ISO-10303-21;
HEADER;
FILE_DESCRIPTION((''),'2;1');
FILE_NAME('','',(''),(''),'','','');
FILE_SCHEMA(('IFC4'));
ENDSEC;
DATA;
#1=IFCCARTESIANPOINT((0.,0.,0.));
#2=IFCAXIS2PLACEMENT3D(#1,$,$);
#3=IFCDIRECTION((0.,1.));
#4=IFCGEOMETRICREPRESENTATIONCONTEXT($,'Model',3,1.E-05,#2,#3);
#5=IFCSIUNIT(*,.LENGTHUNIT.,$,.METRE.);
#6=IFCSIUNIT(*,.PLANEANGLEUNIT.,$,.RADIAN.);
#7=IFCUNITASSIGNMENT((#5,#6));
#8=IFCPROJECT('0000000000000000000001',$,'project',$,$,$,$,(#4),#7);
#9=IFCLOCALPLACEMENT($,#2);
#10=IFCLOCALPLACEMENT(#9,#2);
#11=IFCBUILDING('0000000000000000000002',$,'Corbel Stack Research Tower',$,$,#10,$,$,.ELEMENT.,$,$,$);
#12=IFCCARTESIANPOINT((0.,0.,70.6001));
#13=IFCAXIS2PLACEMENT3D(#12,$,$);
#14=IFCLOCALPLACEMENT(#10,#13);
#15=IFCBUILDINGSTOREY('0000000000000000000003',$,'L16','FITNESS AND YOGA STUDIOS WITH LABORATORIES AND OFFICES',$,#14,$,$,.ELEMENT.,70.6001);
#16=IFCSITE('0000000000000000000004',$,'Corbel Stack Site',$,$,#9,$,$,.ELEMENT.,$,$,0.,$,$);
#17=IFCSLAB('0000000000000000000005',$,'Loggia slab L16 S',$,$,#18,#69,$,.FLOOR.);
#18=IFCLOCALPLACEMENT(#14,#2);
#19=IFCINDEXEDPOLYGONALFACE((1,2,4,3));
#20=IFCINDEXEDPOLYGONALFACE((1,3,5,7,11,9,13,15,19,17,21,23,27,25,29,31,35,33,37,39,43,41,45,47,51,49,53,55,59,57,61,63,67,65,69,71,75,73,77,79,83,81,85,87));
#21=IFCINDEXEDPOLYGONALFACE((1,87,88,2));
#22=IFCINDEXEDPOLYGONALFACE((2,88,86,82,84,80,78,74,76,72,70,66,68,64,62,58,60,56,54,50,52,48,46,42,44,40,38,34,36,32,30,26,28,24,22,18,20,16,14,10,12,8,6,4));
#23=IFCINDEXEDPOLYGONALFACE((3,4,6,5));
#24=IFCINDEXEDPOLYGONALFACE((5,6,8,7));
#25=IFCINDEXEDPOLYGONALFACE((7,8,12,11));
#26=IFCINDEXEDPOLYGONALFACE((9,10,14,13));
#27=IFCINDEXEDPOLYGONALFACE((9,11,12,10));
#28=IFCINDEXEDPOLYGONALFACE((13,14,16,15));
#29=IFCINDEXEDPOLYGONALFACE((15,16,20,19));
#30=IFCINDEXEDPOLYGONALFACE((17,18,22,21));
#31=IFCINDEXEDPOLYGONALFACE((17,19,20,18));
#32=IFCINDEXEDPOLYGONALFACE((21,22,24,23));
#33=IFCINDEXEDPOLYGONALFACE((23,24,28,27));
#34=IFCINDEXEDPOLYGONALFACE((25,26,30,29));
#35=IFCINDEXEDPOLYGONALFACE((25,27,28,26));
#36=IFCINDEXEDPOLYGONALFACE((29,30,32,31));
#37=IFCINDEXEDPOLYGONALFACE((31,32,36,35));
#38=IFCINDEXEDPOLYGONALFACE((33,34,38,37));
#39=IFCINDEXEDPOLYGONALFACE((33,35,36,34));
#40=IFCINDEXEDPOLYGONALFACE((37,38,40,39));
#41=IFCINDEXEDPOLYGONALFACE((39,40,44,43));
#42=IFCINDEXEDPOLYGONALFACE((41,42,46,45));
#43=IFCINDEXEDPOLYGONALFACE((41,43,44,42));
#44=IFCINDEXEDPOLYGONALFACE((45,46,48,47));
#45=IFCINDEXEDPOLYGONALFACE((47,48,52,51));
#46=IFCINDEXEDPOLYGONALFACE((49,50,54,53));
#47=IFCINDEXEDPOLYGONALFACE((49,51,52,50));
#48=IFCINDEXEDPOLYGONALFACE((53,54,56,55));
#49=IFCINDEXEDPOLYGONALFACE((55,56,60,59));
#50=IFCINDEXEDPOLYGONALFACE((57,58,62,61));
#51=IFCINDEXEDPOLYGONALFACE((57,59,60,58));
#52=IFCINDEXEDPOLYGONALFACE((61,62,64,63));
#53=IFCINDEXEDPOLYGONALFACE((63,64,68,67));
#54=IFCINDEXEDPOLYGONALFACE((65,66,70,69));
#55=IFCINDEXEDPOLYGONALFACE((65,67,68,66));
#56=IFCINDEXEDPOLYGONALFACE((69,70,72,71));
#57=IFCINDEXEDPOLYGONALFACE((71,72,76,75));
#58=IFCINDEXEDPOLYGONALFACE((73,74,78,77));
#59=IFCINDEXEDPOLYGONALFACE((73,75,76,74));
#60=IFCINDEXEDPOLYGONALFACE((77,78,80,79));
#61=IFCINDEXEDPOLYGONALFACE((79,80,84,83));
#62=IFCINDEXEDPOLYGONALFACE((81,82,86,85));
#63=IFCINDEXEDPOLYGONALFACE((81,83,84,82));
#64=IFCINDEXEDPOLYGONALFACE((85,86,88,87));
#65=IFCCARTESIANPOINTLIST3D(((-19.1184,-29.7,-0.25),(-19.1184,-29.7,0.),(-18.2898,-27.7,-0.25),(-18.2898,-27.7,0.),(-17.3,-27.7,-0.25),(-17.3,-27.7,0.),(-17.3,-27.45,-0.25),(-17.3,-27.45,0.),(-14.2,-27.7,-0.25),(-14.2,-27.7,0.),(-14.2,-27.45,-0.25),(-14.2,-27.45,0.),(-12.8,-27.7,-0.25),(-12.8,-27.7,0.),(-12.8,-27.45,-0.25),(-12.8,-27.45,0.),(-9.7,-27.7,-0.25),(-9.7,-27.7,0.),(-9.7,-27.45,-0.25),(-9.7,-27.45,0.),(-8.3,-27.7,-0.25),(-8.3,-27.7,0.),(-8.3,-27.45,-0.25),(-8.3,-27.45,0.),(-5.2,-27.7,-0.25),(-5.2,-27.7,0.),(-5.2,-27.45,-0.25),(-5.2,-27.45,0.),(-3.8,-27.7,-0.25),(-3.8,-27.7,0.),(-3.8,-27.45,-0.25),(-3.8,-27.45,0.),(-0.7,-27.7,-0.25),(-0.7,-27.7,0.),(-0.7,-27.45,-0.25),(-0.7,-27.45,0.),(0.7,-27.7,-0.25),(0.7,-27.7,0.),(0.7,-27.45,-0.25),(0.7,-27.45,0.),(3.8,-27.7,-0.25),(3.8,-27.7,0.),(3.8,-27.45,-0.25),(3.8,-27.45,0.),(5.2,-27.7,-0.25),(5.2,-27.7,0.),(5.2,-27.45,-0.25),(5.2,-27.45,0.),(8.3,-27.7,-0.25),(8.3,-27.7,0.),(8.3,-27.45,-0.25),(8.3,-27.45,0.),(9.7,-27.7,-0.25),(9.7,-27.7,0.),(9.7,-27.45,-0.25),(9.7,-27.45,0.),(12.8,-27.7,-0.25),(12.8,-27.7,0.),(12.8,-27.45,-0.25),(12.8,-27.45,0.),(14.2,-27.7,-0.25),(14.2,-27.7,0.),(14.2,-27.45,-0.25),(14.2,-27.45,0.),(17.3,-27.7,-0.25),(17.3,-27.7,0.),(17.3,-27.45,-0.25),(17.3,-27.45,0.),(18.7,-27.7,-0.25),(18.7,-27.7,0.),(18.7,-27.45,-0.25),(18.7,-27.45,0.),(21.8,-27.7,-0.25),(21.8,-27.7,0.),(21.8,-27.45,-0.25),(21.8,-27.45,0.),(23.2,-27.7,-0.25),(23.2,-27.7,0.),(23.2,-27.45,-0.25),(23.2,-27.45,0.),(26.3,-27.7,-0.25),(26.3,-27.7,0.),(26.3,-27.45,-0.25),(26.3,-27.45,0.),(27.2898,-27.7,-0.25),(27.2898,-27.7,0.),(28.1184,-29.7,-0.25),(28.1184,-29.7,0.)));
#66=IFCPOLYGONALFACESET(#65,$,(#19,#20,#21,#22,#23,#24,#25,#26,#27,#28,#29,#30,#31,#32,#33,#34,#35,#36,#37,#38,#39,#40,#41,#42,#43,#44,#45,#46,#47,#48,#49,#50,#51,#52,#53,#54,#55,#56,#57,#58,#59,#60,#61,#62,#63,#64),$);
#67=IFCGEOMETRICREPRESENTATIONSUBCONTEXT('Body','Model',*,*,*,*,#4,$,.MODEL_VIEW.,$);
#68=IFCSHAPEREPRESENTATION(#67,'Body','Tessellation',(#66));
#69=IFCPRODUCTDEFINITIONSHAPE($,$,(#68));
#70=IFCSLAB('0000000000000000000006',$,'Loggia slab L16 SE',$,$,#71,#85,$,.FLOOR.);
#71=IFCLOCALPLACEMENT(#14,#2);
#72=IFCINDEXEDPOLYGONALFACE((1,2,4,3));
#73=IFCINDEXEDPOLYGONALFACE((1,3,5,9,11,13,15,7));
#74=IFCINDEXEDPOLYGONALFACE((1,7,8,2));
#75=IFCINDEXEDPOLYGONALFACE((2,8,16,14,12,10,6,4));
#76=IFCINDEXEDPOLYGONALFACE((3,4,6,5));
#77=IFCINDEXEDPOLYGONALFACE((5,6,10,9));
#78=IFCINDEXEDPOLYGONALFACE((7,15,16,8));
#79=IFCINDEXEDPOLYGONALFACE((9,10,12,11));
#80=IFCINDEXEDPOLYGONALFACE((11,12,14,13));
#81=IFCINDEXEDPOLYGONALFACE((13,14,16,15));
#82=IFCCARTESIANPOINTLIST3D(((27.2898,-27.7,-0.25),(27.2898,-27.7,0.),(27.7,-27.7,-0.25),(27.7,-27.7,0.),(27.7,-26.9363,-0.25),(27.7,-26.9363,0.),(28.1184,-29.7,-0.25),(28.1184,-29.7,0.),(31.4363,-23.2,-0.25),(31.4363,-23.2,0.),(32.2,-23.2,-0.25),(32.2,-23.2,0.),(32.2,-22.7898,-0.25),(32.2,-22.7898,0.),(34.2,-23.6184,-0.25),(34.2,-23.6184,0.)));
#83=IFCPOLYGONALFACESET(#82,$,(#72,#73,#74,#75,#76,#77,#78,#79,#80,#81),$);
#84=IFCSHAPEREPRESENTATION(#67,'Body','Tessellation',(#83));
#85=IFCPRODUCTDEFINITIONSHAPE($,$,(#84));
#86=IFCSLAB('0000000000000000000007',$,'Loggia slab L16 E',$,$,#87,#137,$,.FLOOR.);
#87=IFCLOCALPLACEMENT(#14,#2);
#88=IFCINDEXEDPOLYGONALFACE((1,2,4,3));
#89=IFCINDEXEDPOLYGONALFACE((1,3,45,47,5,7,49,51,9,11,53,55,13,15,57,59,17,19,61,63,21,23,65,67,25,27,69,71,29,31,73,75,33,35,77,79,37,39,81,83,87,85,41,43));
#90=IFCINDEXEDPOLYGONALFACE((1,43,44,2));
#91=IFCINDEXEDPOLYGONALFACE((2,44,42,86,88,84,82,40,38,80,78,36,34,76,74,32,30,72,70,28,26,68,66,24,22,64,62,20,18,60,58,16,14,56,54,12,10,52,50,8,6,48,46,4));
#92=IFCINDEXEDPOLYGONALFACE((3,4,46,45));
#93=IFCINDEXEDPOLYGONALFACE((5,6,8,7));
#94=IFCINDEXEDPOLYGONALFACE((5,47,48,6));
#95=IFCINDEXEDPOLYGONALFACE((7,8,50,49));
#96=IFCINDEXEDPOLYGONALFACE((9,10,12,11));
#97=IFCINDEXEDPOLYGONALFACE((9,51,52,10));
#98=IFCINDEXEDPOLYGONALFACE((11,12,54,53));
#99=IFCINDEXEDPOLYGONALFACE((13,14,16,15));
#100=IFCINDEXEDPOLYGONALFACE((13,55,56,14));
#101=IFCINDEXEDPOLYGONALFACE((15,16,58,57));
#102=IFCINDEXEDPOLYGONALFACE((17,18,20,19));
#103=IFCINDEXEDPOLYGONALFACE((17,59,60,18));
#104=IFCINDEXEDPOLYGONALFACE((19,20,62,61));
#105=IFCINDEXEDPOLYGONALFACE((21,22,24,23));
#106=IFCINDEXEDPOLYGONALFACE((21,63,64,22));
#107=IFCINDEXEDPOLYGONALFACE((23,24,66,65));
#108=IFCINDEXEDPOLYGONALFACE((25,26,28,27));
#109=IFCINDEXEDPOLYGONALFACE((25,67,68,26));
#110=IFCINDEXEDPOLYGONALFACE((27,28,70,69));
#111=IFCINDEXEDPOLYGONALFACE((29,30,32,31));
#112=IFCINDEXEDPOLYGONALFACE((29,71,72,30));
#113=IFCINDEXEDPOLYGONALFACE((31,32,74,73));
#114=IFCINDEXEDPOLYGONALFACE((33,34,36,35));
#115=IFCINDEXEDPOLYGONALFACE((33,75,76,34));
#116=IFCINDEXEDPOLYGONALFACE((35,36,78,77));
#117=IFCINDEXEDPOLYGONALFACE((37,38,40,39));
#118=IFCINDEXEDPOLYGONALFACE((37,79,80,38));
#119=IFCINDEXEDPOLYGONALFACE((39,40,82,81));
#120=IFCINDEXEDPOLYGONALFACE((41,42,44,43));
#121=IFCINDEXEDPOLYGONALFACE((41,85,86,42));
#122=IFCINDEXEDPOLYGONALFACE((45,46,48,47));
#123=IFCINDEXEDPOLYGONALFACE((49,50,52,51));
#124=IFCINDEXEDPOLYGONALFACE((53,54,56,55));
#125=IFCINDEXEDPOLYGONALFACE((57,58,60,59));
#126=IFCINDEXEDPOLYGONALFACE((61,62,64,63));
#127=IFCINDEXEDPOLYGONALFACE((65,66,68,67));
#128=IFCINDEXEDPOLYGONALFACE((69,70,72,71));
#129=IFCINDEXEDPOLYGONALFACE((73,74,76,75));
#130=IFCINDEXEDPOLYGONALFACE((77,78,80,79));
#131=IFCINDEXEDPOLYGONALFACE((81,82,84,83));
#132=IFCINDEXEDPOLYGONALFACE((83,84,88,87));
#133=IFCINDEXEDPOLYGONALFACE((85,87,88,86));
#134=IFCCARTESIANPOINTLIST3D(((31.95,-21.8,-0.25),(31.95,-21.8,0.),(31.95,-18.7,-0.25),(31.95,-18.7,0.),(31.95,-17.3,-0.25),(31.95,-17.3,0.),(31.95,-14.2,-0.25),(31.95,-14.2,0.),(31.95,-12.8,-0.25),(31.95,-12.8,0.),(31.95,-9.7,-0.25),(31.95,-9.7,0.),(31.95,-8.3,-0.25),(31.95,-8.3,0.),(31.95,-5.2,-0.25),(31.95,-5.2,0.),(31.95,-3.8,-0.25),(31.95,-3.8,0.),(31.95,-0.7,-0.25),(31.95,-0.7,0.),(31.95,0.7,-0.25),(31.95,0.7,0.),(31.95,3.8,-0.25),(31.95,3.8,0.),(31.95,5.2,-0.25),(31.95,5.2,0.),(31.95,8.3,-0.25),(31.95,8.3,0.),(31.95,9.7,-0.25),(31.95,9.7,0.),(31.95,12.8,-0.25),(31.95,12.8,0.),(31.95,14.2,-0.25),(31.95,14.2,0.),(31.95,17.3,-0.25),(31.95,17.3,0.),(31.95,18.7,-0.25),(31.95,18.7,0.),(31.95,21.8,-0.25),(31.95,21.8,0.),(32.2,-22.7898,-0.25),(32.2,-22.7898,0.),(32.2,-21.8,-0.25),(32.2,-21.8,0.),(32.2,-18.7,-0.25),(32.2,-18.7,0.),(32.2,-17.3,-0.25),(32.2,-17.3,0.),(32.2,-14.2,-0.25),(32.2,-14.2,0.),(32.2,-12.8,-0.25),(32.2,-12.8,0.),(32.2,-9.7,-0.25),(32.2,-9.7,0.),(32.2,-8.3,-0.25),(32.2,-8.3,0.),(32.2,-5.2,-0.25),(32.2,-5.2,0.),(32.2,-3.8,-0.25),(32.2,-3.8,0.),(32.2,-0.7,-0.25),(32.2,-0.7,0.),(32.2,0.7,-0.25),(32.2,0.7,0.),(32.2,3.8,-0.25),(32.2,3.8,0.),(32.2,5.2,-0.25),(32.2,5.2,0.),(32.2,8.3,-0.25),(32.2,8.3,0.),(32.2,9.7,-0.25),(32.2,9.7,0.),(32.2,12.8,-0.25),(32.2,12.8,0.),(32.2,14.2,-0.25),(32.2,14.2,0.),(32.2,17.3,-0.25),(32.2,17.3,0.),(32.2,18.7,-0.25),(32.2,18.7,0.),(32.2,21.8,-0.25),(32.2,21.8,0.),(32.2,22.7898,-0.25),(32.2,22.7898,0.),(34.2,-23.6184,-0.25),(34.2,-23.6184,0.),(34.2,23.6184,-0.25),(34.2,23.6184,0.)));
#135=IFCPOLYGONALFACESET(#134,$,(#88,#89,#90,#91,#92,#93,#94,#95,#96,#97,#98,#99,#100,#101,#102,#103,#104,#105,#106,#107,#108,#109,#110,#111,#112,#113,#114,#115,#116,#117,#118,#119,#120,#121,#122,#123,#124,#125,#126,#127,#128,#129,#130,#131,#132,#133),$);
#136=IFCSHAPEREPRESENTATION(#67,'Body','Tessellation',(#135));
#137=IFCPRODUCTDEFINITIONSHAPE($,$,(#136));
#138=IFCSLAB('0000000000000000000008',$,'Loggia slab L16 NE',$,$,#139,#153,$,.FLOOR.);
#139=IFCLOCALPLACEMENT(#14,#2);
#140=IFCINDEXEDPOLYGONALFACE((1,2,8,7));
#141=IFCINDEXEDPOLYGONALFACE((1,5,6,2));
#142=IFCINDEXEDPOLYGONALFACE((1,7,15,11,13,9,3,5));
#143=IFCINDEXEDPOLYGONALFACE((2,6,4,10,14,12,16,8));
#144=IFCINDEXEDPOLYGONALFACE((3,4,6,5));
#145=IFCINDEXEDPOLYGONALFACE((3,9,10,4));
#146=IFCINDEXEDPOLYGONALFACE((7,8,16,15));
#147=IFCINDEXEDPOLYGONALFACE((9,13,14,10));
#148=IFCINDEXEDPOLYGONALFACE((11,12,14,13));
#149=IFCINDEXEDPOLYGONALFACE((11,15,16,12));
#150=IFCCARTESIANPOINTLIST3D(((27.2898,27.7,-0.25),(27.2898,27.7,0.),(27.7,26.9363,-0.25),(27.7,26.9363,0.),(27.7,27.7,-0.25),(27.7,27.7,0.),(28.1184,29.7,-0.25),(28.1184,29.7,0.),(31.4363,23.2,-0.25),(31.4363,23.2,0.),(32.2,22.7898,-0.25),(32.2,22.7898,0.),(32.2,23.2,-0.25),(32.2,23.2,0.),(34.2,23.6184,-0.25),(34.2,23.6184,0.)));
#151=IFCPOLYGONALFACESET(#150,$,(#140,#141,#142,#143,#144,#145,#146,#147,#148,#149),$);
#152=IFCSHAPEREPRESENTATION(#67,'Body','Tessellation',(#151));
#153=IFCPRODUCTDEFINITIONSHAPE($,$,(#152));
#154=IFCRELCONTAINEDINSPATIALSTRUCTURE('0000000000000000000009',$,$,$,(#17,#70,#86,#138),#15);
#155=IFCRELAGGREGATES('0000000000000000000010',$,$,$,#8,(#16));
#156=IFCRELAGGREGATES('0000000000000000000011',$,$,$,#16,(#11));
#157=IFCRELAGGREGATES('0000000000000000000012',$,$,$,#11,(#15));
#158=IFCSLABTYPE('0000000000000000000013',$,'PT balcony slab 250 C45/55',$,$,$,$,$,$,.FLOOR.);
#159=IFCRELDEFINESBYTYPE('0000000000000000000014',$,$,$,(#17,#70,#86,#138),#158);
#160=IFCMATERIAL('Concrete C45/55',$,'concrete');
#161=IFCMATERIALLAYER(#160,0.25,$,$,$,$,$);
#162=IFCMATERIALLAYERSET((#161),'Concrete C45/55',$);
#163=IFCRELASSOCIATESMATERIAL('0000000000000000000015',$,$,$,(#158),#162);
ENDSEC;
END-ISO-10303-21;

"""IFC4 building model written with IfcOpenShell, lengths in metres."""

from ifc_helpers import new_model, si_unit, direction, frame, origin, place, context, subcontext, project, spatial, polyline, outline, extrude, material, layer, layer_set, type_object, element, save


model = new_model("IFC4")

# Units and contexts
model_context = context("Model", 3, precision=1e-05, world=origin(), true_north=direction((0.0, 1.0)))
body_context = subcontext(model_context, "Body", "Model", "MODEL_VIEW")
ifc_project = project(units=[si_unit("LENGTHUNIT", "METRE"), si_unit("PLANEANGLEUNIT", "RADIAN")], contexts=[model_context])

# Site, building, storey
site_placement = place(None, origin())
site = spatial("IfcSite", under=ifc_project, at=site_placement, Name="Corbel Stack Site", CompositionType="ELEMENT", RefElevation=0.0)
building_placement = place(site_placement, origin())
building = spatial("IfcBuilding", under=site, at=building_placement, Name="Corbel Stack Research Tower", CompositionType="ELEMENT")
storey_placement = place(building_placement, frame((0.0, 0.0, 70.6001)))
storey = spatial("IfcBuildingStorey", under=building, at=storey_placement, Name="L16", Description="FITNESS AND YOGA STUDIOS WITH LABORATORIES AND OFFICES", CompositionType="ELEMENT", Elevation=70.6001)

# Slabs
ifc_material_1 = material(Name="Concrete C45/55", Category="concrete")
ifc_layer_1 = layer(ifc_material_1, 0.25)
ifc_layer_set_1 = layer_set([ifc_layer_1], Name="Concrete C45/55")
slab_type_1 = type_object("IfcSlabType", Name="PT balcony slab 250 C45/55", PredefinedType="FLOOR", material=ifc_layer_set_1)
slab_1_placement = place(storey_placement, frame((0.0, 0.0, -0.25)))
element("IfcSlab", 1, at=slab_1_placement, inside=storey, type_object=slab_type_1, Name="Loggia slab L16 S", PredefinedType="FLOOR", context=body_context, shape_type="SweptSolid", body=[
    extrude(outline(polyline([(27.2898, -27.7), (26.3, -27.7), (26.3, -27.45), (23.2, -27.45), (23.2, -27.7), (21.8, -27.7), (21.8, -27.45), (18.7, -27.45), (18.7, -27.7), (17.3, -27.7), (17.3, -27.45), (14.2, -27.45), (14.2, -27.7), (12.8, -27.7), (12.8, -27.45), (9.7, -27.45), (9.7, -27.7), (8.3, -27.7), (8.3, -27.45), (5.2, -27.45), (5.2, -27.7), (3.8, -27.7), (3.8, -27.45), (0.7, -27.45), (0.7, -27.7), (-0.7, -27.7), (-0.7, -27.45), (-3.8, -27.45), (-3.8, -27.7), (-5.2, -27.7), (-5.2, -27.45), (-8.3, -27.45), (-8.3, -27.7), (-9.7, -27.7), (-9.7, -27.45), (-12.8, -27.45), (-12.8, -27.7), (-14.2, -27.7), (-14.2, -27.45), (-17.3, -27.45), (-17.3, -27.7), (-18.2898, -27.7), (-19.1184, -29.7), (28.1184, -29.7), (27.2898, -27.7)])), origin(), (0.0, 0.0, 1.0), 0.25),
])
slab_2_placement = place(storey_placement, frame((0.0, 0.0, -0.25)))
element("IfcSlab", 2, at=slab_2_placement, inside=storey, type_object=slab_type_1, Name="Loggia slab L16 SE", PredefinedType="FLOOR", context=body_context, shape_type="SweptSolid", body=[
    extrude(outline(polyline([(32.2, -22.7898), (32.2, -23.2), (31.4363, -23.2), (27.7, -26.9363), (27.7, -27.7), (27.2898, -27.7), (28.1184, -29.7), (34.2, -23.6184), (32.2, -22.7898)])), origin(), (0.0, 0.0, 1.0), 0.25),
])
slab_3_placement = place(storey_placement, frame((0.0, 0.0, -0.25)))
element("IfcSlab", 3, at=slab_3_placement, inside=storey, type_object=slab_type_1, Name="Loggia slab L16 E", PredefinedType="FLOOR", context=body_context, shape_type="SweptSolid", body=[
    extrude(outline(polyline([(32.2, 22.7898), (32.2, 21.8), (31.95, 21.8), (31.95, 18.7), (32.2, 18.7), (32.2, 17.3), (31.95, 17.3), (31.95, 14.2), (32.2, 14.2), (32.2, 12.8), (31.95, 12.8), (31.95, 9.7), (32.2, 9.7), (32.2, 8.3), (31.95, 8.3), (31.95, 5.2), (32.2, 5.2), (32.2, 3.8), (31.95, 3.8), (31.95, 0.7), (32.2, 0.7), (32.2, -0.7), (31.95, -0.7), (31.95, -3.8), (32.2, -3.8), (32.2, -5.2), (31.95, -5.2), (31.95, -8.3), (32.2, -8.3), (32.2, -9.7), (31.95, -9.7), (31.95, -12.8), (32.2, -12.8), (32.2, -14.2), (31.95, -14.2), (31.95, -17.3), (32.2, -17.3), (32.2, -18.7), (31.95, -18.7), (31.95, -21.8), (32.2, -21.8), (32.2, -22.7898), (34.2, -23.6184), (34.2, 23.6184), (32.2, 22.7898)])), origin(), (0.0, 0.0, 1.0), 0.25),
])
slab_4_placement = place(storey_placement, frame((0.0, 0.0, -0.25)))
element("IfcSlab", 4, at=slab_4_placement, inside=storey, type_object=slab_type_1, Name="Loggia slab L16 NE", PredefinedType="FLOOR", context=body_context, shape_type="SweptSolid", body=[
    extrude(outline(polyline([(27.2898, 27.7), (27.7, 27.7), (27.7, 26.9363), (31.4363, 23.2), (32.2, 23.2), (32.2, 22.7898), (34.2, 23.6184), (28.1184, 29.7), (27.2898, 27.7)])), origin(), (0.0, 0.0, 1.0), 0.25),
])

save(model, "model.ifc")
